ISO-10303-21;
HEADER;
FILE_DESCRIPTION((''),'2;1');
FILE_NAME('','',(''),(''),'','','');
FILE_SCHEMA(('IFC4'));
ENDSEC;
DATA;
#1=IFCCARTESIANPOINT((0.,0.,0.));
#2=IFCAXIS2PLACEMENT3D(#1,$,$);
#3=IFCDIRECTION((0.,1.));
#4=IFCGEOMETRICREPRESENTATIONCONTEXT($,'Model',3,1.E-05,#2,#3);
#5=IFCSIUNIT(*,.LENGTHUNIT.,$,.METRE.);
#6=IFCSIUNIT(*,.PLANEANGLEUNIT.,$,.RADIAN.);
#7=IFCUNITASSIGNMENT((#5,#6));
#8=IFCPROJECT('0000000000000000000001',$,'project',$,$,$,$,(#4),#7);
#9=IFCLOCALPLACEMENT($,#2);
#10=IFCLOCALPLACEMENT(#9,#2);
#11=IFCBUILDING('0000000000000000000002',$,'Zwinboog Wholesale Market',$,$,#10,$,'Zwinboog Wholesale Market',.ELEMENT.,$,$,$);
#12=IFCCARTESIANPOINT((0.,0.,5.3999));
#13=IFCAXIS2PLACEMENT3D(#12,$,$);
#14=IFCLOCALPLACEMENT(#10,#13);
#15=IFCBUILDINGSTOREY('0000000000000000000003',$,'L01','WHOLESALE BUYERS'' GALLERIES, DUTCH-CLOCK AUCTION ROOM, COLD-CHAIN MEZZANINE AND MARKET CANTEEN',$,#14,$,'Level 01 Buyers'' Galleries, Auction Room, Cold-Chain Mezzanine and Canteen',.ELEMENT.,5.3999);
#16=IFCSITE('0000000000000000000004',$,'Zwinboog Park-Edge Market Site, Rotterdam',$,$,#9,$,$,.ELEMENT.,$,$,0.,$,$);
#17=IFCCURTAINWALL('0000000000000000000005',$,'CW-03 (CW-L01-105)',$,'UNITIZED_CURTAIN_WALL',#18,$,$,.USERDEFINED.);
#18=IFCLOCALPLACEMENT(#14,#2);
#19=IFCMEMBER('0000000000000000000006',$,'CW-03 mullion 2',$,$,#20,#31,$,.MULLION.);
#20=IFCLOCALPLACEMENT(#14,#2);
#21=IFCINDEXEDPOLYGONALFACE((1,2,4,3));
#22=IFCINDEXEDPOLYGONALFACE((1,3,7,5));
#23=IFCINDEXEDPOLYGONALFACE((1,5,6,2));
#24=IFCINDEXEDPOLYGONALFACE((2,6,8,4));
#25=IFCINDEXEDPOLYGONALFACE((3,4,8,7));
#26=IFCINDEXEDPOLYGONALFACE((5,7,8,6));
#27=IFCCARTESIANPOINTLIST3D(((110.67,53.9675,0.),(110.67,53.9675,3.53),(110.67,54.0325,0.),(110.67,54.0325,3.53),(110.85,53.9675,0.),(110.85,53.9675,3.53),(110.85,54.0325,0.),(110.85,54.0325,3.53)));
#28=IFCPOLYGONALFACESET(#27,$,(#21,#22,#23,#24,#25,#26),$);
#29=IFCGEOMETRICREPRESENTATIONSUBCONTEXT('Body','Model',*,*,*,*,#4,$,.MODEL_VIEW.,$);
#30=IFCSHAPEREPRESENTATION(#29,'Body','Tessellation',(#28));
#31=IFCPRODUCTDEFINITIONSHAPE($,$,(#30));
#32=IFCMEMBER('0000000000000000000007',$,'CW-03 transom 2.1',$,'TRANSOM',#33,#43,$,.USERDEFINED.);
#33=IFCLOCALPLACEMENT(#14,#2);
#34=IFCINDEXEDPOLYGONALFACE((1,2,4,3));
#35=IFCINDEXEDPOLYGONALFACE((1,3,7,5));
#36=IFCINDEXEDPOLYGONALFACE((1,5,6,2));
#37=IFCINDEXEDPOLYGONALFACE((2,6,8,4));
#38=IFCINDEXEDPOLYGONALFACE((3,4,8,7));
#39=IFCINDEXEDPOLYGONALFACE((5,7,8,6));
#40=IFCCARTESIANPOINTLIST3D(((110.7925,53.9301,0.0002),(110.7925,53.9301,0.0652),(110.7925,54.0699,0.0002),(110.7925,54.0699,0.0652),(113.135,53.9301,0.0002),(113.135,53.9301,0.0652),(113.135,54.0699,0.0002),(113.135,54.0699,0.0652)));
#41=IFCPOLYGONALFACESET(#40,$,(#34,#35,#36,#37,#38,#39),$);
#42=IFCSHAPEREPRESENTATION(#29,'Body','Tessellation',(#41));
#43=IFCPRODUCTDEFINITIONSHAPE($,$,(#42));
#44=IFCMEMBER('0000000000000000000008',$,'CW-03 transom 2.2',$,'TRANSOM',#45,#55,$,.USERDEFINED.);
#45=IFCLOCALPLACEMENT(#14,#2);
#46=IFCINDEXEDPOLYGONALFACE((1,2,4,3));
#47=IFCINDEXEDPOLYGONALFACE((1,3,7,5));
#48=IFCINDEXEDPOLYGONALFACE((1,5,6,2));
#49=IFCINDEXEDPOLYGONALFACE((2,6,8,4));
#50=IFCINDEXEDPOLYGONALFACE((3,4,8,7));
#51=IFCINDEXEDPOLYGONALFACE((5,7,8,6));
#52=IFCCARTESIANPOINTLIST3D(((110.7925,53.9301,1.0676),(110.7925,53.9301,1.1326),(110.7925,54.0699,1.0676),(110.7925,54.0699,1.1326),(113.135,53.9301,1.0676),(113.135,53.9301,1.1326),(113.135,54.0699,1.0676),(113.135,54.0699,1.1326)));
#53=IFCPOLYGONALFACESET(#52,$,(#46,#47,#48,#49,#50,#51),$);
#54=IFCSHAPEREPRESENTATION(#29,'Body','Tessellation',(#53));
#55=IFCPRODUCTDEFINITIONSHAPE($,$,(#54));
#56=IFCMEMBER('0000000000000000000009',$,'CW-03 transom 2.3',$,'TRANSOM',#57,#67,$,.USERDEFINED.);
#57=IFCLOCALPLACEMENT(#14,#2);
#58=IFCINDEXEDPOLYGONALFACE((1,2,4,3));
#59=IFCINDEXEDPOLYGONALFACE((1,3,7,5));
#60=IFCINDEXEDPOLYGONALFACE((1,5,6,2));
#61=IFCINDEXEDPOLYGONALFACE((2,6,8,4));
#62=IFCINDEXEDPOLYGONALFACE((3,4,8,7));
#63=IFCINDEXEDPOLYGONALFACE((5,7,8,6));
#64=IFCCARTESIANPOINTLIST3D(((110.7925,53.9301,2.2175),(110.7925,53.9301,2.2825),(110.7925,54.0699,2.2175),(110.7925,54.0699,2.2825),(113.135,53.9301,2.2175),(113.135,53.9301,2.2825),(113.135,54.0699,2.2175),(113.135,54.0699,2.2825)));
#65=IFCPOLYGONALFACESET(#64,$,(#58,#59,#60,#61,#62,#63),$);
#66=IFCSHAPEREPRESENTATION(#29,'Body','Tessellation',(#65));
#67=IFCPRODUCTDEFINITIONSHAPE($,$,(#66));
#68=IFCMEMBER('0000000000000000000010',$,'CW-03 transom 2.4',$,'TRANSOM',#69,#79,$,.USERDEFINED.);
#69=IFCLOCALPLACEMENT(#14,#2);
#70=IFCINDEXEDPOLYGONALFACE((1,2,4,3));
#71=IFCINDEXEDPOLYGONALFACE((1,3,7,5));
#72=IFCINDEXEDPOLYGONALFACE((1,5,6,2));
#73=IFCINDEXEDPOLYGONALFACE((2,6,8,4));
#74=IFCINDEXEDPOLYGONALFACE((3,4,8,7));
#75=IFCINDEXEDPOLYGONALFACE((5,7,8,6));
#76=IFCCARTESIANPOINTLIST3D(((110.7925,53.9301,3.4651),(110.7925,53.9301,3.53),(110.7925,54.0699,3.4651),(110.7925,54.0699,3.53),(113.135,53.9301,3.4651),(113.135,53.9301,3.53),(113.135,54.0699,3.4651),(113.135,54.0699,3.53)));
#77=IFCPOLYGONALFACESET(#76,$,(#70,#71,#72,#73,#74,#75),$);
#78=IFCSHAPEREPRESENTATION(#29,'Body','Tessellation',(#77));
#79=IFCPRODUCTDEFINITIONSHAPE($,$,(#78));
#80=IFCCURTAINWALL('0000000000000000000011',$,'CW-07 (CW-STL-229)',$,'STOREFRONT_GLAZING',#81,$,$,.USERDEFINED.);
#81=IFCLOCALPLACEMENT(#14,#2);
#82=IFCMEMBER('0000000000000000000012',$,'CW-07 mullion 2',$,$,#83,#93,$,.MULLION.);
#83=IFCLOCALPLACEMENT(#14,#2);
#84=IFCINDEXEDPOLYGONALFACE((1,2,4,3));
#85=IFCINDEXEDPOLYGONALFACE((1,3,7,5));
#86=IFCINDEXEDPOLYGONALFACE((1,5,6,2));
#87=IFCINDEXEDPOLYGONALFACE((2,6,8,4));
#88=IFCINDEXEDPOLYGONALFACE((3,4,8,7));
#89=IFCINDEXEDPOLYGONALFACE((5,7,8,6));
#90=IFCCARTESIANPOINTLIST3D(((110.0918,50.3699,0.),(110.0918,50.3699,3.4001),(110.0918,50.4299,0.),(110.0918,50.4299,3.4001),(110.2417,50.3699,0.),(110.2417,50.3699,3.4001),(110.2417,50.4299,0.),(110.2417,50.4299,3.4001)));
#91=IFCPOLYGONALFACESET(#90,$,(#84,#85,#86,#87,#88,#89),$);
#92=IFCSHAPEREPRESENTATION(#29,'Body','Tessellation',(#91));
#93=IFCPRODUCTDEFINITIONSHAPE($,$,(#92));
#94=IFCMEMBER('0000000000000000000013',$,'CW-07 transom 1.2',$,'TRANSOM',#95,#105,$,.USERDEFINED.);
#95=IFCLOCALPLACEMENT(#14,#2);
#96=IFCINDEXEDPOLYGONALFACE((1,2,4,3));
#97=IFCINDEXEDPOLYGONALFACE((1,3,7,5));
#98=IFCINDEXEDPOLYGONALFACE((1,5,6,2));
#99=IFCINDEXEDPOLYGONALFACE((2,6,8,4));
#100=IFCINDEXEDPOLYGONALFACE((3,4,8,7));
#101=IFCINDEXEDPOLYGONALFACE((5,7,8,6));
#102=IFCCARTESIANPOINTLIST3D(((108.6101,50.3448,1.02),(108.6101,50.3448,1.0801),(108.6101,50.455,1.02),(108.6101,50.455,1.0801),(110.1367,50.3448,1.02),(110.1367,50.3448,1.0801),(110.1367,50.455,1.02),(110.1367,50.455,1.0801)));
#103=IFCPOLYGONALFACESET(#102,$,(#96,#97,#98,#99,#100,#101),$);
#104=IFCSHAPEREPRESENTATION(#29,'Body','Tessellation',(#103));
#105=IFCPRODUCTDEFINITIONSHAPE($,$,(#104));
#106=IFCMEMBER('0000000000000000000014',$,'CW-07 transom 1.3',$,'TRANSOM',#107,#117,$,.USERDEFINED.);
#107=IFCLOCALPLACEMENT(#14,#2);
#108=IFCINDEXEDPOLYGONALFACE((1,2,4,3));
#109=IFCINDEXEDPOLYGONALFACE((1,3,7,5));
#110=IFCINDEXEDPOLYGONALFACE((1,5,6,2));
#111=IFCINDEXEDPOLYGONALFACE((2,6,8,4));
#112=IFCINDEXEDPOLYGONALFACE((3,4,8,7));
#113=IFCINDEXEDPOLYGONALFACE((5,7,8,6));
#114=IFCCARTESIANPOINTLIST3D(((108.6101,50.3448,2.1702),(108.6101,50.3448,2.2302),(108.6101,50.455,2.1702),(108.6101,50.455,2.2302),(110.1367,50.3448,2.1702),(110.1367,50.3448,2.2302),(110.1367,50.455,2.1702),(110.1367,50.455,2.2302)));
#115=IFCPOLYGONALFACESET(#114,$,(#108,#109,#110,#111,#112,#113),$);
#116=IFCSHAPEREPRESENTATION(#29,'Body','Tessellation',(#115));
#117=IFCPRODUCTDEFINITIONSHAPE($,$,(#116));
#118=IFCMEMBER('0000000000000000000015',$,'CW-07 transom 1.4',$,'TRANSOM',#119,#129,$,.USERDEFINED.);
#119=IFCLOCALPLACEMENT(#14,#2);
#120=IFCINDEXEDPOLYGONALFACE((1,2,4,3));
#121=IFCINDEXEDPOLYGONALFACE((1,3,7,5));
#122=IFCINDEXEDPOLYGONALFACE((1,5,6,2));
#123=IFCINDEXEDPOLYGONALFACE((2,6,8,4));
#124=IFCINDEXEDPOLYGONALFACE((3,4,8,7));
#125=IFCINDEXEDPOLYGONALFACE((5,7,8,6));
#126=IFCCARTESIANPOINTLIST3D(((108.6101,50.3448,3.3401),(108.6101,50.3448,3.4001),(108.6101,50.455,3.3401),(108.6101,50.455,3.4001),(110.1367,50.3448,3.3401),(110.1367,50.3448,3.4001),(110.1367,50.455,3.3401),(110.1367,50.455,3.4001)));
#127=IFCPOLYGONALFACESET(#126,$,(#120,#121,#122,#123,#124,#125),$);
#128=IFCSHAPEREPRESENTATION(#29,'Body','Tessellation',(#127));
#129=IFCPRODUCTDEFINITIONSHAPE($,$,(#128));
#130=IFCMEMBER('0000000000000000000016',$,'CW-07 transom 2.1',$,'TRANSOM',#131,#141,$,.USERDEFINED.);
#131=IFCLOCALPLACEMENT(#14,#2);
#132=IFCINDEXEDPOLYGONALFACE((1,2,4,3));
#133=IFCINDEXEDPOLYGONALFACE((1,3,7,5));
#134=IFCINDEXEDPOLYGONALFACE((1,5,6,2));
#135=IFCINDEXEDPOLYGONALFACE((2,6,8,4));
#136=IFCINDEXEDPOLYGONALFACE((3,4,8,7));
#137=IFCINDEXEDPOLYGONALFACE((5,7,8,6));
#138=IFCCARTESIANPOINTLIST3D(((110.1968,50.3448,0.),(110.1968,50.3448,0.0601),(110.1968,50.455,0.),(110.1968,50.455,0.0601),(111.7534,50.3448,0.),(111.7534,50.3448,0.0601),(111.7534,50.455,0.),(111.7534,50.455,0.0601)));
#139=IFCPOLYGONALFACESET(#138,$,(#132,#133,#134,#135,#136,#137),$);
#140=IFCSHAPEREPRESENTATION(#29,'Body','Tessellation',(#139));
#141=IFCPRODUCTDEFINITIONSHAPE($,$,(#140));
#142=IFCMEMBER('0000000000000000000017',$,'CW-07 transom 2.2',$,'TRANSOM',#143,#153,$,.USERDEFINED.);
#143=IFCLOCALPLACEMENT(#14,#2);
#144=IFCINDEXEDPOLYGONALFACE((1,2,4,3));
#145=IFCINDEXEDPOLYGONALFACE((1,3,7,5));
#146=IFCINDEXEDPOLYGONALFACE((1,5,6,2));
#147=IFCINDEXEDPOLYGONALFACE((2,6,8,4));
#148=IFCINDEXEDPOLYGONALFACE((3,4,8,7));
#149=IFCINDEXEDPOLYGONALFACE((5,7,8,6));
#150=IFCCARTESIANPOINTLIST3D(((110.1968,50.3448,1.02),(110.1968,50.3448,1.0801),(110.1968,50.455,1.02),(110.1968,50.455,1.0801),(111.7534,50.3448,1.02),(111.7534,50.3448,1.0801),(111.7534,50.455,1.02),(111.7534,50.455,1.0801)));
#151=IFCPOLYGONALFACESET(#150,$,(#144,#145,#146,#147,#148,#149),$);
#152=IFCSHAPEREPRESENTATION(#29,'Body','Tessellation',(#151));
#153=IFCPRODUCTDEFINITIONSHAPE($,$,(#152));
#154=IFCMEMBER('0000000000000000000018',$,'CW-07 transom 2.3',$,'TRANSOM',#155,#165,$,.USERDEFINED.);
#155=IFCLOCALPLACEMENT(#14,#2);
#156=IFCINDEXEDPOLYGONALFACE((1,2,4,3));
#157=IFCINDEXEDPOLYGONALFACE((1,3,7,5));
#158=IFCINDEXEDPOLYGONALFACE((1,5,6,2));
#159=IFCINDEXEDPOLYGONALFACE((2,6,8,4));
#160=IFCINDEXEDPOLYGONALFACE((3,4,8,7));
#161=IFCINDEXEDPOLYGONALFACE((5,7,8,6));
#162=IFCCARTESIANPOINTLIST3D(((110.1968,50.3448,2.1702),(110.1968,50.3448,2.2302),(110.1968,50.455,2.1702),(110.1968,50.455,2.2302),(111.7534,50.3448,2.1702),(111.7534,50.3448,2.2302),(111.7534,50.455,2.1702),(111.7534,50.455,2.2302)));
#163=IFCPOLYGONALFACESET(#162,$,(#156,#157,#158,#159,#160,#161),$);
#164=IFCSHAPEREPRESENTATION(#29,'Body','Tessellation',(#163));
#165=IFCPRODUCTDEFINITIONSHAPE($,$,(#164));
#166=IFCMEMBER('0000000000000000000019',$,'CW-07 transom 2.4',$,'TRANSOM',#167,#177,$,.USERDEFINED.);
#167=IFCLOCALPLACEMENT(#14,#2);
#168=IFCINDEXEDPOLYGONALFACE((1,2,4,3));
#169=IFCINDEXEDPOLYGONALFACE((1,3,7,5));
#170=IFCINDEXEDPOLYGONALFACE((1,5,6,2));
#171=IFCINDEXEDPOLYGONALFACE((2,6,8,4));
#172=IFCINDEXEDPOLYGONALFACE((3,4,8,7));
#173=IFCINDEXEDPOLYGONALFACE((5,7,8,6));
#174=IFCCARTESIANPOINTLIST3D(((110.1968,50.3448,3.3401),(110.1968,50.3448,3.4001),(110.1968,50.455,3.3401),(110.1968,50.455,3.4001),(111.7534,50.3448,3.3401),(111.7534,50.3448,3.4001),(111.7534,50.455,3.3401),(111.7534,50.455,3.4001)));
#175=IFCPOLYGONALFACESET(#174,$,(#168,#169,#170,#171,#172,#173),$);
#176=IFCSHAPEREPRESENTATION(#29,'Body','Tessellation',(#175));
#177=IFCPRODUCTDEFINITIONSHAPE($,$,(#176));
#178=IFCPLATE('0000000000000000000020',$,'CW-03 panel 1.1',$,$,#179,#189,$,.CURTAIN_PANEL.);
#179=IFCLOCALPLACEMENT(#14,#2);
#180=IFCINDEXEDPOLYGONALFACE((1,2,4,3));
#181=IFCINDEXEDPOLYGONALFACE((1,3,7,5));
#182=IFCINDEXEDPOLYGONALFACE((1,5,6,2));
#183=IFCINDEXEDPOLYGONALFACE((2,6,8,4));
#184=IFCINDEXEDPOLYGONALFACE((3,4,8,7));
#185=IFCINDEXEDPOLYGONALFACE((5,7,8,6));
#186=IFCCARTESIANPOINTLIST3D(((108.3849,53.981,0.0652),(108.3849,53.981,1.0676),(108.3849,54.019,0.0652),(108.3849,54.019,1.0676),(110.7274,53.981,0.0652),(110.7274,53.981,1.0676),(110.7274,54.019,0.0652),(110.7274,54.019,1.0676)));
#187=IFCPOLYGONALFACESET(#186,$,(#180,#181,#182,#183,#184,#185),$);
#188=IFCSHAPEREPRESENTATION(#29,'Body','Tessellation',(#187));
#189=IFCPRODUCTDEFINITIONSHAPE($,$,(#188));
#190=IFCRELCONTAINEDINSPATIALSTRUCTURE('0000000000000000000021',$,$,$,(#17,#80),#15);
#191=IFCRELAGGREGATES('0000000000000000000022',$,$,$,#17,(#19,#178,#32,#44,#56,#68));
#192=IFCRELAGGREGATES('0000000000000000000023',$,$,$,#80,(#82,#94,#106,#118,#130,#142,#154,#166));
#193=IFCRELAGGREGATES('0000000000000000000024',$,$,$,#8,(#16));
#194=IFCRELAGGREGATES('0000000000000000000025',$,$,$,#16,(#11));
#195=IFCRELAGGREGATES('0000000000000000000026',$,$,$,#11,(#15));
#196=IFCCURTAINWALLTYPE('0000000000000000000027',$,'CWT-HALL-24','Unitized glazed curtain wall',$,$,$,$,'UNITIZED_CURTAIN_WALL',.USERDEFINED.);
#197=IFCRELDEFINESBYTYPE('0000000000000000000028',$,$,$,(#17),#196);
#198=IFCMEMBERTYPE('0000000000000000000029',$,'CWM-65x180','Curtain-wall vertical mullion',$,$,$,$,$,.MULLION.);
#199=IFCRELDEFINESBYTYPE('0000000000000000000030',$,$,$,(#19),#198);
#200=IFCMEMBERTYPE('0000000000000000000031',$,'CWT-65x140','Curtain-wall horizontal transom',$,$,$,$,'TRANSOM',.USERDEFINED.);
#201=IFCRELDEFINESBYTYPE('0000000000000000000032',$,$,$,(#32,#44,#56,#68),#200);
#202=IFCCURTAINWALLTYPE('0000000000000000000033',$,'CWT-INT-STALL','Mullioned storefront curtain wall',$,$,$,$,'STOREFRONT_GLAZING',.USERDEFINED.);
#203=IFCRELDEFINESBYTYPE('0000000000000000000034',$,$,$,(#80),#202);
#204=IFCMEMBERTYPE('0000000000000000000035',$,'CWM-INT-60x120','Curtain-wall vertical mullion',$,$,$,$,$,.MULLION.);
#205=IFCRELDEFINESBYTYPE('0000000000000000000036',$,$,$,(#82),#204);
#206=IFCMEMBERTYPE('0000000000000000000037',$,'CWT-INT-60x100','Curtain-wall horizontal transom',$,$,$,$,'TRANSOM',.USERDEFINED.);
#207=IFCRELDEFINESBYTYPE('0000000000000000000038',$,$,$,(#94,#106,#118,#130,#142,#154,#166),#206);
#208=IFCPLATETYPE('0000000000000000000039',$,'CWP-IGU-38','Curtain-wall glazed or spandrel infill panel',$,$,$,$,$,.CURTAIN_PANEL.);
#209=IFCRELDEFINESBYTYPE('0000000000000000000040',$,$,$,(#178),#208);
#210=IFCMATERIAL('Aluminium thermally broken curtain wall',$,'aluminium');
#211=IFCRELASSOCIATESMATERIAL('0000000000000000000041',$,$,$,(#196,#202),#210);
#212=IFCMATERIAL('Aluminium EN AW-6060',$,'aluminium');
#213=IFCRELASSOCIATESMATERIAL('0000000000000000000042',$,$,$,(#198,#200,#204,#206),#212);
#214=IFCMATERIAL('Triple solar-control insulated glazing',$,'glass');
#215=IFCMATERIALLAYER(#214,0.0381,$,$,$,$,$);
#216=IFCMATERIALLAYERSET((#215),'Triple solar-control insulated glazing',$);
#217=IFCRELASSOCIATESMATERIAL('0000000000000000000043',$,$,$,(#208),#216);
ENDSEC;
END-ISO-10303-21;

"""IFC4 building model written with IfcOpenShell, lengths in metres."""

from ifc_helpers import new_model, si_unit, direction, frame, origin, origin_2d, place, context, subcontext, project, spatial, rectangle, extrude, material, layer, layer_set, material_profile, profile_set, type_object, element, aggregate, save


model = new_model("IFC4")

# Units and contexts
model_context = context("Model", 3, precision=1e-05, world=origin(), true_north=direction((0.0, 1.0)))
body_context = subcontext(model_context, "Body", "Model", "MODEL_VIEW")
ifc_project = project(units=[si_unit("LENGTHUNIT", "METRE"), si_unit("PLANEANGLEUNIT", "RADIAN")], contexts=[model_context])

# Site, building, storey
site_placement = place(None, origin())
site = spatial("IfcSite", under=ifc_project, at=site_placement, Name="Zwinboog Park-Edge Market Site, Rotterdam", CompositionType="ELEMENT", RefElevation=0.0)
building_placement = place(site_placement, origin())
building = spatial("IfcBuilding", under=site, at=building_placement, Name="Zwinboog Wholesale Market", LongName="Zwinboog Wholesale Market", CompositionType="ELEMENT")
storey_placement = place(building_placement, frame((0.0, 0.0, 5.3999)))
storey = spatial("IfcBuildingStorey", under=building, at=storey_placement, Name="L01", Description="WHOLESALE BUYERS' GALLERIES, DUTCH-CLOCK AUCTION ROOM, COLD-CHAIN MEZZANINE AND MARKET CANTEEN", LongName="Level 01 Buyers' Galleries, Auction Room, Cold-Chain Mezzanine and Canteen", CompositionType="ELEMENT", Elevation=5.3999)

# Curtain walls, members
ifc_material_1 = material(Name="Aluminium thermally broken curtain wall", Category="aluminium")
curtain_wall_type_1 = type_object("IfcCurtainWallType", Name="CWT-HALL-24", Description="Unitized glazed curtain wall", ElementType="UNITIZED_CURTAIN_WALL", PredefinedType="USERDEFINED", material=ifc_material_1)
curtain_wall_1_placement = place(storey_placement, origin())
curtain_wall_1 = element("IfcCurtainWall", 1, at=curtain_wall_1_placement, inside=storey, type_object=curtain_wall_type_1, Name="CW-03 (CW-L01-105)", ObjectType="UNITIZED_CURTAIN_WALL", PredefinedType="USERDEFINED")
ifc_material_2 = material(Name="Aluminium EN AW-6060", Category="aluminium")
ifc_material_profile_1 = material_profile(ifc_material_2, rectangle(XDim=0.0649, YDim=0.1799, at=origin_2d()), Name="AL 65x180")
ifc_profile_set_1 = profile_set([ifc_material_profile_1], Name="Aluminium EN AW-6060")
member_type_1 = type_object("IfcMemberType", Name="CWM-65x180", Description="Curtain-wall vertical mullion", PredefinedType="MULLION", material=ifc_profile_set_1)
member_1_placement = place(storey_placement, frame((110.76, 54.0, 0.0), z_axis=(0.0, 0.0, 1.0), x_axis=(0.0, 1.0, 0.0)))
member_1 = element("IfcMember", 2, at=member_1_placement, type_object=member_type_1, Name="CW-03 mullion 2", PredefinedType="MULLION", context=body_context, shape_type="SweptSolid", body=[
    extrude(rectangle(XDim=0.0649, YDim=0.1799, at=origin_2d()), origin(), (0.0, 0.0, 1.0), 3.53),
])
ifc_material_profile_2 = material_profile(ifc_material_2, rectangle(XDim=0.1399, YDim=0.0649, at=origin_2d()), Name="AL 65x140")
ifc_profile_set_2 = profile_set([ifc_material_profile_2], Name="Aluminium EN AW-6060")
member_type_2 = type_object("IfcMemberType", Name="CWT-65x140", Description="Curtain-wall horizontal transom", ElementType="TRANSOM", PredefinedType="USERDEFINED", material=ifc_profile_set_2)
member_2_placement = place(storey_placement, frame((110.7925, 54.0, 0.0327), z_axis=(1.0, 0.0, 0.0), x_axis=(0.0, 1.0, 0.0)))
member_2 = element("IfcMember", 3, at=member_2_placement, type_object=member_type_2, Name="CW-03 transom 2.1", ObjectType="TRANSOM", PredefinedType="USERDEFINED", context=body_context, shape_type="SweptSolid", body=[
    extrude(rectangle(XDim=0.1399, YDim=0.0649, at=origin_2d()), origin(), (0.0, 0.0, 1.0), 2.3425),
])
member_3_placement = place(storey_placement, frame((110.7925, 54.0, 1.1001), z_axis=(1.0, 0.0, 0.0), x_axis=(0.0, 1.0, 0.0)))
member_3 = element("IfcMember", 4, at=member_3_placement, type_object=member_type_2, Name="CW-03 transom 2.2", ObjectType="TRANSOM", PredefinedType="USERDEFINED", context=body_context, shape_type="SweptSolid", body=[
    extrude(rectangle(XDim=0.1399, YDim=0.0649, at=origin_2d()), origin(), (0.0, 0.0, 1.0), 2.3425),
])
member_4_placement = place(storey_placement, frame((110.7925, 54.0, 2.25), z_axis=(1.0, 0.0, 0.0), x_axis=(0.0, 1.0, 0.0)))
member_4 = element("IfcMember", 5, at=member_4_placement, type_object=member_type_2, Name="CW-03 transom 2.3", ObjectType="TRANSOM", PredefinedType="USERDEFINED", context=body_context, shape_type="SweptSolid", body=[
    extrude(rectangle(XDim=0.1399, YDim=0.0649, at=origin_2d()), origin(), (0.0, 0.0, 1.0), 2.3425),
])
member_5_placement = place(storey_placement, frame((110.7925, 54.0, 3.4976), z_axis=(1.0, 0.0, 0.0), x_axis=(0.0, 1.0, 0.0)))
member_5 = element("IfcMember", 6, at=member_5_placement, type_object=member_type_2, Name="CW-03 transom 2.4", ObjectType="TRANSOM", PredefinedType="USERDEFINED", context=body_context, shape_type="SweptSolid", body=[
    extrude(rectangle(XDim=0.1399, YDim=0.0649, at=origin_2d()), origin(), (0.0, 0.0, 1.0), 2.3425),
])
curtain_wall_type_2 = type_object("IfcCurtainWallType", Name="CWT-INT-STALL", Description="Mullioned storefront curtain wall", ElementType="STOREFRONT_GLAZING", PredefinedType="USERDEFINED", material=ifc_material_1)
curtain_wall_2_placement = place(storey_placement, origin())
curtain_wall_2 = element("IfcCurtainWall", 7, at=curtain_wall_2_placement, inside=storey, type_object=curtain_wall_type_2, Name="CW-07 (CW-STL-229)", ObjectType="STOREFRONT_GLAZING", PredefinedType="USERDEFINED")
ifc_material_profile_3 = material_profile(ifc_material_2, rectangle(XDim=0.0601, YDim=0.1499, at=origin_2d()), Name="AL 60x150")
ifc_profile_set_3 = profile_set([ifc_material_profile_3], Name="Aluminium EN AW-6060")
member_type_3 = type_object("IfcMemberType", Name="CWM-INT-60x120", Description="Curtain-wall vertical mullion", PredefinedType="MULLION", material=ifc_profile_set_3)
member_6_placement = place(storey_placement, frame((110.1667, 50.3999, 0.0), z_axis=(0.0, 0.0, 1.0), x_axis=(0.0, 1.0, 0.0)))
member_6 = element("IfcMember", 8, at=member_6_placement, type_object=member_type_3, Name="CW-07 mullion 2", PredefinedType="MULLION", context=body_context, shape_type="SweptSolid", body=[
    extrude(rectangle(XDim=0.0601, YDim=0.1499, at=origin_2d()), origin(), (0.0, 0.0, 1.0), 3.4001),
])
ifc_material_profile_4 = material_profile(ifc_material_2, rectangle(XDim=0.1101, YDim=0.0601, at=origin_2d()), Name="AL 60x110")
ifc_profile_set_4 = profile_set([ifc_material_profile_4], Name="Aluminium EN AW-6060")
member_type_4 = type_object("IfcMemberType", Name="CWT-INT-60x100", Description="Curtain-wall horizontal transom", ElementType="TRANSOM", PredefinedType="USERDEFINED", material=ifc_profile_set_4)
member_7_placement = place(storey_placement, frame((108.6101, 50.3999, 1.05), z_axis=(1.0, 0.0, 0.0), x_axis=(0.0, 1.0, 0.0)))
member_7 = element("IfcMember", 9, at=member_7_placement, type_object=member_type_4, Name="CW-07 transom 1.2", ObjectType="TRANSOM", PredefinedType="USERDEFINED", context=body_context, shape_type="SweptSolid", body=[
    extrude(rectangle(XDim=0.1101, YDim=0.0601, at=origin_2d()), origin(), (0.0, 0.0, 1.0), 1.5266),
])
member_8_placement = place(storey_placement, frame((108.6101, 50.3999, 2.2002), z_axis=(1.0, 0.0, 0.0), x_axis=(0.0, 1.0, 0.0)))
member_8 = element("IfcMember", 10, at=member_8_placement, type_object=member_type_4, Name="CW-07 transom 1.3", ObjectType="TRANSOM", PredefinedType="USERDEFINED", context=body_context, shape_type="SweptSolid", body=[
    extrude(rectangle(XDim=0.1101, YDim=0.0601, at=origin_2d()), origin(), (0.0, 0.0, 1.0), 1.5266),
])
member_9_placement = place(storey_placement, frame((108.6101, 50.3999, 3.3701), z_axis=(1.0, 0.0, 0.0), x_axis=(0.0, 1.0, 0.0)))
member_9 = element("IfcMember", 11, at=member_9_placement, type_object=member_type_4, Name="CW-07 transom 1.4", ObjectType="TRANSOM", PredefinedType="USERDEFINED", context=body_context, shape_type="SweptSolid", body=[
    extrude(rectangle(XDim=0.1101, YDim=0.0601, at=origin_2d()), origin(), (0.0, 0.0, 1.0), 1.5266),
])
member_10_placement = place(storey_placement, frame((110.1968, 50.3999, 0.03), z_axis=(1.0, 0.0, 0.0), x_axis=(0.0, 1.0, 0.0)))
member_10 = element("IfcMember", 12, at=member_10_placement, type_object=member_type_4, Name="CW-07 transom 2.1", ObjectType="TRANSOM", PredefinedType="USERDEFINED", context=body_context, shape_type="SweptSolid", body=[
    extrude(rectangle(XDim=0.1101, YDim=0.0601, at=origin_2d()), origin(), (0.0, 0.0, 1.0), 1.5566),
])
member_11_placement = place(storey_placement, frame((110.1968, 50.3999, 1.05), z_axis=(1.0, 0.0, 0.0), x_axis=(0.0, 1.0, 0.0)))
member_11 = element("IfcMember", 13, at=member_11_placement, type_object=member_type_4, Name="CW-07 transom 2.2", ObjectType="TRANSOM", PredefinedType="USERDEFINED", context=body_context, shape_type="SweptSolid", body=[
    extrude(rectangle(XDim=0.1101, YDim=0.0601, at=origin_2d()), origin(), (0.0, 0.0, 1.0), 1.5566),
])
member_12_placement = place(storey_placement, frame((110.1968, 50.3999, 2.2002), z_axis=(1.0, 0.0, 0.0), x_axis=(0.0, 1.0, 0.0)))
member_12 = element("IfcMember", 14, at=member_12_placement, type_object=member_type_4, Name="CW-07 transom 2.3", ObjectType="TRANSOM", PredefinedType="USERDEFINED", context=body_context, shape_type="SweptSolid", body=[
    extrude(rectangle(XDim=0.1101, YDim=0.0601, at=origin_2d()), origin(), (0.0, 0.0, 1.0), 1.5566),
])
member_13_placement = place(storey_placement, frame((110.1968, 50.3999, 3.3701), z_axis=(1.0, 0.0, 0.0), x_axis=(0.0, 1.0, 0.0)))
member_13 = element("IfcMember", 15, at=member_13_placement, type_object=member_type_4, Name="CW-07 transom 2.4", ObjectType="TRANSOM", PredefinedType="USERDEFINED", context=body_context, shape_type="SweptSolid", body=[
    extrude(rectangle(XDim=0.1101, YDim=0.0601, at=origin_2d()), origin(), (0.0, 0.0, 1.0), 1.5566),
])

# Plate
ifc_material_3 = material(Name="Triple solar-control insulated glazing", Category="glass")
ifc_layer_1 = layer(ifc_material_3, 0.0381)
ifc_layer_set_1 = layer_set([ifc_layer_1], Name="Triple solar-control insulated glazing")
plate_type_1 = type_object("IfcPlateType", Name="CWP-IGU-38", Description="Curtain-wall glazed or spandrel infill panel", PredefinedType="CURTAIN_PANEL", material=ifc_layer_set_1)
plate_1_placement = place(storey_placement, frame((109.5562, 54.0, 0.0652), z_axis=(0.0, 0.0, 1.0), x_axis=(1.0, 0.0, 0.0)))
plate_1 = element("IfcPlate", 16, at=plate_1_placement, type_object=plate_type_1, Name="CW-03 panel 1.1", PredefinedType="CURTAIN_PANEL", context=body_context, shape_type="SweptSolid", body=[
    extrude(rectangle(XDim=2.3425, YDim=0.0381, at=origin_2d()), origin(), (0.0, 0.0, 1.0), 1.0024),
])
aggregate(curtain_wall_1, [member_1, plate_1, member_2, member_3, member_4, member_5])
aggregate(curtain_wall_2, [member_6, member_7, member_8, member_9, member_10, member_11, member_12, member_13])

save(model, "model.ifc")
